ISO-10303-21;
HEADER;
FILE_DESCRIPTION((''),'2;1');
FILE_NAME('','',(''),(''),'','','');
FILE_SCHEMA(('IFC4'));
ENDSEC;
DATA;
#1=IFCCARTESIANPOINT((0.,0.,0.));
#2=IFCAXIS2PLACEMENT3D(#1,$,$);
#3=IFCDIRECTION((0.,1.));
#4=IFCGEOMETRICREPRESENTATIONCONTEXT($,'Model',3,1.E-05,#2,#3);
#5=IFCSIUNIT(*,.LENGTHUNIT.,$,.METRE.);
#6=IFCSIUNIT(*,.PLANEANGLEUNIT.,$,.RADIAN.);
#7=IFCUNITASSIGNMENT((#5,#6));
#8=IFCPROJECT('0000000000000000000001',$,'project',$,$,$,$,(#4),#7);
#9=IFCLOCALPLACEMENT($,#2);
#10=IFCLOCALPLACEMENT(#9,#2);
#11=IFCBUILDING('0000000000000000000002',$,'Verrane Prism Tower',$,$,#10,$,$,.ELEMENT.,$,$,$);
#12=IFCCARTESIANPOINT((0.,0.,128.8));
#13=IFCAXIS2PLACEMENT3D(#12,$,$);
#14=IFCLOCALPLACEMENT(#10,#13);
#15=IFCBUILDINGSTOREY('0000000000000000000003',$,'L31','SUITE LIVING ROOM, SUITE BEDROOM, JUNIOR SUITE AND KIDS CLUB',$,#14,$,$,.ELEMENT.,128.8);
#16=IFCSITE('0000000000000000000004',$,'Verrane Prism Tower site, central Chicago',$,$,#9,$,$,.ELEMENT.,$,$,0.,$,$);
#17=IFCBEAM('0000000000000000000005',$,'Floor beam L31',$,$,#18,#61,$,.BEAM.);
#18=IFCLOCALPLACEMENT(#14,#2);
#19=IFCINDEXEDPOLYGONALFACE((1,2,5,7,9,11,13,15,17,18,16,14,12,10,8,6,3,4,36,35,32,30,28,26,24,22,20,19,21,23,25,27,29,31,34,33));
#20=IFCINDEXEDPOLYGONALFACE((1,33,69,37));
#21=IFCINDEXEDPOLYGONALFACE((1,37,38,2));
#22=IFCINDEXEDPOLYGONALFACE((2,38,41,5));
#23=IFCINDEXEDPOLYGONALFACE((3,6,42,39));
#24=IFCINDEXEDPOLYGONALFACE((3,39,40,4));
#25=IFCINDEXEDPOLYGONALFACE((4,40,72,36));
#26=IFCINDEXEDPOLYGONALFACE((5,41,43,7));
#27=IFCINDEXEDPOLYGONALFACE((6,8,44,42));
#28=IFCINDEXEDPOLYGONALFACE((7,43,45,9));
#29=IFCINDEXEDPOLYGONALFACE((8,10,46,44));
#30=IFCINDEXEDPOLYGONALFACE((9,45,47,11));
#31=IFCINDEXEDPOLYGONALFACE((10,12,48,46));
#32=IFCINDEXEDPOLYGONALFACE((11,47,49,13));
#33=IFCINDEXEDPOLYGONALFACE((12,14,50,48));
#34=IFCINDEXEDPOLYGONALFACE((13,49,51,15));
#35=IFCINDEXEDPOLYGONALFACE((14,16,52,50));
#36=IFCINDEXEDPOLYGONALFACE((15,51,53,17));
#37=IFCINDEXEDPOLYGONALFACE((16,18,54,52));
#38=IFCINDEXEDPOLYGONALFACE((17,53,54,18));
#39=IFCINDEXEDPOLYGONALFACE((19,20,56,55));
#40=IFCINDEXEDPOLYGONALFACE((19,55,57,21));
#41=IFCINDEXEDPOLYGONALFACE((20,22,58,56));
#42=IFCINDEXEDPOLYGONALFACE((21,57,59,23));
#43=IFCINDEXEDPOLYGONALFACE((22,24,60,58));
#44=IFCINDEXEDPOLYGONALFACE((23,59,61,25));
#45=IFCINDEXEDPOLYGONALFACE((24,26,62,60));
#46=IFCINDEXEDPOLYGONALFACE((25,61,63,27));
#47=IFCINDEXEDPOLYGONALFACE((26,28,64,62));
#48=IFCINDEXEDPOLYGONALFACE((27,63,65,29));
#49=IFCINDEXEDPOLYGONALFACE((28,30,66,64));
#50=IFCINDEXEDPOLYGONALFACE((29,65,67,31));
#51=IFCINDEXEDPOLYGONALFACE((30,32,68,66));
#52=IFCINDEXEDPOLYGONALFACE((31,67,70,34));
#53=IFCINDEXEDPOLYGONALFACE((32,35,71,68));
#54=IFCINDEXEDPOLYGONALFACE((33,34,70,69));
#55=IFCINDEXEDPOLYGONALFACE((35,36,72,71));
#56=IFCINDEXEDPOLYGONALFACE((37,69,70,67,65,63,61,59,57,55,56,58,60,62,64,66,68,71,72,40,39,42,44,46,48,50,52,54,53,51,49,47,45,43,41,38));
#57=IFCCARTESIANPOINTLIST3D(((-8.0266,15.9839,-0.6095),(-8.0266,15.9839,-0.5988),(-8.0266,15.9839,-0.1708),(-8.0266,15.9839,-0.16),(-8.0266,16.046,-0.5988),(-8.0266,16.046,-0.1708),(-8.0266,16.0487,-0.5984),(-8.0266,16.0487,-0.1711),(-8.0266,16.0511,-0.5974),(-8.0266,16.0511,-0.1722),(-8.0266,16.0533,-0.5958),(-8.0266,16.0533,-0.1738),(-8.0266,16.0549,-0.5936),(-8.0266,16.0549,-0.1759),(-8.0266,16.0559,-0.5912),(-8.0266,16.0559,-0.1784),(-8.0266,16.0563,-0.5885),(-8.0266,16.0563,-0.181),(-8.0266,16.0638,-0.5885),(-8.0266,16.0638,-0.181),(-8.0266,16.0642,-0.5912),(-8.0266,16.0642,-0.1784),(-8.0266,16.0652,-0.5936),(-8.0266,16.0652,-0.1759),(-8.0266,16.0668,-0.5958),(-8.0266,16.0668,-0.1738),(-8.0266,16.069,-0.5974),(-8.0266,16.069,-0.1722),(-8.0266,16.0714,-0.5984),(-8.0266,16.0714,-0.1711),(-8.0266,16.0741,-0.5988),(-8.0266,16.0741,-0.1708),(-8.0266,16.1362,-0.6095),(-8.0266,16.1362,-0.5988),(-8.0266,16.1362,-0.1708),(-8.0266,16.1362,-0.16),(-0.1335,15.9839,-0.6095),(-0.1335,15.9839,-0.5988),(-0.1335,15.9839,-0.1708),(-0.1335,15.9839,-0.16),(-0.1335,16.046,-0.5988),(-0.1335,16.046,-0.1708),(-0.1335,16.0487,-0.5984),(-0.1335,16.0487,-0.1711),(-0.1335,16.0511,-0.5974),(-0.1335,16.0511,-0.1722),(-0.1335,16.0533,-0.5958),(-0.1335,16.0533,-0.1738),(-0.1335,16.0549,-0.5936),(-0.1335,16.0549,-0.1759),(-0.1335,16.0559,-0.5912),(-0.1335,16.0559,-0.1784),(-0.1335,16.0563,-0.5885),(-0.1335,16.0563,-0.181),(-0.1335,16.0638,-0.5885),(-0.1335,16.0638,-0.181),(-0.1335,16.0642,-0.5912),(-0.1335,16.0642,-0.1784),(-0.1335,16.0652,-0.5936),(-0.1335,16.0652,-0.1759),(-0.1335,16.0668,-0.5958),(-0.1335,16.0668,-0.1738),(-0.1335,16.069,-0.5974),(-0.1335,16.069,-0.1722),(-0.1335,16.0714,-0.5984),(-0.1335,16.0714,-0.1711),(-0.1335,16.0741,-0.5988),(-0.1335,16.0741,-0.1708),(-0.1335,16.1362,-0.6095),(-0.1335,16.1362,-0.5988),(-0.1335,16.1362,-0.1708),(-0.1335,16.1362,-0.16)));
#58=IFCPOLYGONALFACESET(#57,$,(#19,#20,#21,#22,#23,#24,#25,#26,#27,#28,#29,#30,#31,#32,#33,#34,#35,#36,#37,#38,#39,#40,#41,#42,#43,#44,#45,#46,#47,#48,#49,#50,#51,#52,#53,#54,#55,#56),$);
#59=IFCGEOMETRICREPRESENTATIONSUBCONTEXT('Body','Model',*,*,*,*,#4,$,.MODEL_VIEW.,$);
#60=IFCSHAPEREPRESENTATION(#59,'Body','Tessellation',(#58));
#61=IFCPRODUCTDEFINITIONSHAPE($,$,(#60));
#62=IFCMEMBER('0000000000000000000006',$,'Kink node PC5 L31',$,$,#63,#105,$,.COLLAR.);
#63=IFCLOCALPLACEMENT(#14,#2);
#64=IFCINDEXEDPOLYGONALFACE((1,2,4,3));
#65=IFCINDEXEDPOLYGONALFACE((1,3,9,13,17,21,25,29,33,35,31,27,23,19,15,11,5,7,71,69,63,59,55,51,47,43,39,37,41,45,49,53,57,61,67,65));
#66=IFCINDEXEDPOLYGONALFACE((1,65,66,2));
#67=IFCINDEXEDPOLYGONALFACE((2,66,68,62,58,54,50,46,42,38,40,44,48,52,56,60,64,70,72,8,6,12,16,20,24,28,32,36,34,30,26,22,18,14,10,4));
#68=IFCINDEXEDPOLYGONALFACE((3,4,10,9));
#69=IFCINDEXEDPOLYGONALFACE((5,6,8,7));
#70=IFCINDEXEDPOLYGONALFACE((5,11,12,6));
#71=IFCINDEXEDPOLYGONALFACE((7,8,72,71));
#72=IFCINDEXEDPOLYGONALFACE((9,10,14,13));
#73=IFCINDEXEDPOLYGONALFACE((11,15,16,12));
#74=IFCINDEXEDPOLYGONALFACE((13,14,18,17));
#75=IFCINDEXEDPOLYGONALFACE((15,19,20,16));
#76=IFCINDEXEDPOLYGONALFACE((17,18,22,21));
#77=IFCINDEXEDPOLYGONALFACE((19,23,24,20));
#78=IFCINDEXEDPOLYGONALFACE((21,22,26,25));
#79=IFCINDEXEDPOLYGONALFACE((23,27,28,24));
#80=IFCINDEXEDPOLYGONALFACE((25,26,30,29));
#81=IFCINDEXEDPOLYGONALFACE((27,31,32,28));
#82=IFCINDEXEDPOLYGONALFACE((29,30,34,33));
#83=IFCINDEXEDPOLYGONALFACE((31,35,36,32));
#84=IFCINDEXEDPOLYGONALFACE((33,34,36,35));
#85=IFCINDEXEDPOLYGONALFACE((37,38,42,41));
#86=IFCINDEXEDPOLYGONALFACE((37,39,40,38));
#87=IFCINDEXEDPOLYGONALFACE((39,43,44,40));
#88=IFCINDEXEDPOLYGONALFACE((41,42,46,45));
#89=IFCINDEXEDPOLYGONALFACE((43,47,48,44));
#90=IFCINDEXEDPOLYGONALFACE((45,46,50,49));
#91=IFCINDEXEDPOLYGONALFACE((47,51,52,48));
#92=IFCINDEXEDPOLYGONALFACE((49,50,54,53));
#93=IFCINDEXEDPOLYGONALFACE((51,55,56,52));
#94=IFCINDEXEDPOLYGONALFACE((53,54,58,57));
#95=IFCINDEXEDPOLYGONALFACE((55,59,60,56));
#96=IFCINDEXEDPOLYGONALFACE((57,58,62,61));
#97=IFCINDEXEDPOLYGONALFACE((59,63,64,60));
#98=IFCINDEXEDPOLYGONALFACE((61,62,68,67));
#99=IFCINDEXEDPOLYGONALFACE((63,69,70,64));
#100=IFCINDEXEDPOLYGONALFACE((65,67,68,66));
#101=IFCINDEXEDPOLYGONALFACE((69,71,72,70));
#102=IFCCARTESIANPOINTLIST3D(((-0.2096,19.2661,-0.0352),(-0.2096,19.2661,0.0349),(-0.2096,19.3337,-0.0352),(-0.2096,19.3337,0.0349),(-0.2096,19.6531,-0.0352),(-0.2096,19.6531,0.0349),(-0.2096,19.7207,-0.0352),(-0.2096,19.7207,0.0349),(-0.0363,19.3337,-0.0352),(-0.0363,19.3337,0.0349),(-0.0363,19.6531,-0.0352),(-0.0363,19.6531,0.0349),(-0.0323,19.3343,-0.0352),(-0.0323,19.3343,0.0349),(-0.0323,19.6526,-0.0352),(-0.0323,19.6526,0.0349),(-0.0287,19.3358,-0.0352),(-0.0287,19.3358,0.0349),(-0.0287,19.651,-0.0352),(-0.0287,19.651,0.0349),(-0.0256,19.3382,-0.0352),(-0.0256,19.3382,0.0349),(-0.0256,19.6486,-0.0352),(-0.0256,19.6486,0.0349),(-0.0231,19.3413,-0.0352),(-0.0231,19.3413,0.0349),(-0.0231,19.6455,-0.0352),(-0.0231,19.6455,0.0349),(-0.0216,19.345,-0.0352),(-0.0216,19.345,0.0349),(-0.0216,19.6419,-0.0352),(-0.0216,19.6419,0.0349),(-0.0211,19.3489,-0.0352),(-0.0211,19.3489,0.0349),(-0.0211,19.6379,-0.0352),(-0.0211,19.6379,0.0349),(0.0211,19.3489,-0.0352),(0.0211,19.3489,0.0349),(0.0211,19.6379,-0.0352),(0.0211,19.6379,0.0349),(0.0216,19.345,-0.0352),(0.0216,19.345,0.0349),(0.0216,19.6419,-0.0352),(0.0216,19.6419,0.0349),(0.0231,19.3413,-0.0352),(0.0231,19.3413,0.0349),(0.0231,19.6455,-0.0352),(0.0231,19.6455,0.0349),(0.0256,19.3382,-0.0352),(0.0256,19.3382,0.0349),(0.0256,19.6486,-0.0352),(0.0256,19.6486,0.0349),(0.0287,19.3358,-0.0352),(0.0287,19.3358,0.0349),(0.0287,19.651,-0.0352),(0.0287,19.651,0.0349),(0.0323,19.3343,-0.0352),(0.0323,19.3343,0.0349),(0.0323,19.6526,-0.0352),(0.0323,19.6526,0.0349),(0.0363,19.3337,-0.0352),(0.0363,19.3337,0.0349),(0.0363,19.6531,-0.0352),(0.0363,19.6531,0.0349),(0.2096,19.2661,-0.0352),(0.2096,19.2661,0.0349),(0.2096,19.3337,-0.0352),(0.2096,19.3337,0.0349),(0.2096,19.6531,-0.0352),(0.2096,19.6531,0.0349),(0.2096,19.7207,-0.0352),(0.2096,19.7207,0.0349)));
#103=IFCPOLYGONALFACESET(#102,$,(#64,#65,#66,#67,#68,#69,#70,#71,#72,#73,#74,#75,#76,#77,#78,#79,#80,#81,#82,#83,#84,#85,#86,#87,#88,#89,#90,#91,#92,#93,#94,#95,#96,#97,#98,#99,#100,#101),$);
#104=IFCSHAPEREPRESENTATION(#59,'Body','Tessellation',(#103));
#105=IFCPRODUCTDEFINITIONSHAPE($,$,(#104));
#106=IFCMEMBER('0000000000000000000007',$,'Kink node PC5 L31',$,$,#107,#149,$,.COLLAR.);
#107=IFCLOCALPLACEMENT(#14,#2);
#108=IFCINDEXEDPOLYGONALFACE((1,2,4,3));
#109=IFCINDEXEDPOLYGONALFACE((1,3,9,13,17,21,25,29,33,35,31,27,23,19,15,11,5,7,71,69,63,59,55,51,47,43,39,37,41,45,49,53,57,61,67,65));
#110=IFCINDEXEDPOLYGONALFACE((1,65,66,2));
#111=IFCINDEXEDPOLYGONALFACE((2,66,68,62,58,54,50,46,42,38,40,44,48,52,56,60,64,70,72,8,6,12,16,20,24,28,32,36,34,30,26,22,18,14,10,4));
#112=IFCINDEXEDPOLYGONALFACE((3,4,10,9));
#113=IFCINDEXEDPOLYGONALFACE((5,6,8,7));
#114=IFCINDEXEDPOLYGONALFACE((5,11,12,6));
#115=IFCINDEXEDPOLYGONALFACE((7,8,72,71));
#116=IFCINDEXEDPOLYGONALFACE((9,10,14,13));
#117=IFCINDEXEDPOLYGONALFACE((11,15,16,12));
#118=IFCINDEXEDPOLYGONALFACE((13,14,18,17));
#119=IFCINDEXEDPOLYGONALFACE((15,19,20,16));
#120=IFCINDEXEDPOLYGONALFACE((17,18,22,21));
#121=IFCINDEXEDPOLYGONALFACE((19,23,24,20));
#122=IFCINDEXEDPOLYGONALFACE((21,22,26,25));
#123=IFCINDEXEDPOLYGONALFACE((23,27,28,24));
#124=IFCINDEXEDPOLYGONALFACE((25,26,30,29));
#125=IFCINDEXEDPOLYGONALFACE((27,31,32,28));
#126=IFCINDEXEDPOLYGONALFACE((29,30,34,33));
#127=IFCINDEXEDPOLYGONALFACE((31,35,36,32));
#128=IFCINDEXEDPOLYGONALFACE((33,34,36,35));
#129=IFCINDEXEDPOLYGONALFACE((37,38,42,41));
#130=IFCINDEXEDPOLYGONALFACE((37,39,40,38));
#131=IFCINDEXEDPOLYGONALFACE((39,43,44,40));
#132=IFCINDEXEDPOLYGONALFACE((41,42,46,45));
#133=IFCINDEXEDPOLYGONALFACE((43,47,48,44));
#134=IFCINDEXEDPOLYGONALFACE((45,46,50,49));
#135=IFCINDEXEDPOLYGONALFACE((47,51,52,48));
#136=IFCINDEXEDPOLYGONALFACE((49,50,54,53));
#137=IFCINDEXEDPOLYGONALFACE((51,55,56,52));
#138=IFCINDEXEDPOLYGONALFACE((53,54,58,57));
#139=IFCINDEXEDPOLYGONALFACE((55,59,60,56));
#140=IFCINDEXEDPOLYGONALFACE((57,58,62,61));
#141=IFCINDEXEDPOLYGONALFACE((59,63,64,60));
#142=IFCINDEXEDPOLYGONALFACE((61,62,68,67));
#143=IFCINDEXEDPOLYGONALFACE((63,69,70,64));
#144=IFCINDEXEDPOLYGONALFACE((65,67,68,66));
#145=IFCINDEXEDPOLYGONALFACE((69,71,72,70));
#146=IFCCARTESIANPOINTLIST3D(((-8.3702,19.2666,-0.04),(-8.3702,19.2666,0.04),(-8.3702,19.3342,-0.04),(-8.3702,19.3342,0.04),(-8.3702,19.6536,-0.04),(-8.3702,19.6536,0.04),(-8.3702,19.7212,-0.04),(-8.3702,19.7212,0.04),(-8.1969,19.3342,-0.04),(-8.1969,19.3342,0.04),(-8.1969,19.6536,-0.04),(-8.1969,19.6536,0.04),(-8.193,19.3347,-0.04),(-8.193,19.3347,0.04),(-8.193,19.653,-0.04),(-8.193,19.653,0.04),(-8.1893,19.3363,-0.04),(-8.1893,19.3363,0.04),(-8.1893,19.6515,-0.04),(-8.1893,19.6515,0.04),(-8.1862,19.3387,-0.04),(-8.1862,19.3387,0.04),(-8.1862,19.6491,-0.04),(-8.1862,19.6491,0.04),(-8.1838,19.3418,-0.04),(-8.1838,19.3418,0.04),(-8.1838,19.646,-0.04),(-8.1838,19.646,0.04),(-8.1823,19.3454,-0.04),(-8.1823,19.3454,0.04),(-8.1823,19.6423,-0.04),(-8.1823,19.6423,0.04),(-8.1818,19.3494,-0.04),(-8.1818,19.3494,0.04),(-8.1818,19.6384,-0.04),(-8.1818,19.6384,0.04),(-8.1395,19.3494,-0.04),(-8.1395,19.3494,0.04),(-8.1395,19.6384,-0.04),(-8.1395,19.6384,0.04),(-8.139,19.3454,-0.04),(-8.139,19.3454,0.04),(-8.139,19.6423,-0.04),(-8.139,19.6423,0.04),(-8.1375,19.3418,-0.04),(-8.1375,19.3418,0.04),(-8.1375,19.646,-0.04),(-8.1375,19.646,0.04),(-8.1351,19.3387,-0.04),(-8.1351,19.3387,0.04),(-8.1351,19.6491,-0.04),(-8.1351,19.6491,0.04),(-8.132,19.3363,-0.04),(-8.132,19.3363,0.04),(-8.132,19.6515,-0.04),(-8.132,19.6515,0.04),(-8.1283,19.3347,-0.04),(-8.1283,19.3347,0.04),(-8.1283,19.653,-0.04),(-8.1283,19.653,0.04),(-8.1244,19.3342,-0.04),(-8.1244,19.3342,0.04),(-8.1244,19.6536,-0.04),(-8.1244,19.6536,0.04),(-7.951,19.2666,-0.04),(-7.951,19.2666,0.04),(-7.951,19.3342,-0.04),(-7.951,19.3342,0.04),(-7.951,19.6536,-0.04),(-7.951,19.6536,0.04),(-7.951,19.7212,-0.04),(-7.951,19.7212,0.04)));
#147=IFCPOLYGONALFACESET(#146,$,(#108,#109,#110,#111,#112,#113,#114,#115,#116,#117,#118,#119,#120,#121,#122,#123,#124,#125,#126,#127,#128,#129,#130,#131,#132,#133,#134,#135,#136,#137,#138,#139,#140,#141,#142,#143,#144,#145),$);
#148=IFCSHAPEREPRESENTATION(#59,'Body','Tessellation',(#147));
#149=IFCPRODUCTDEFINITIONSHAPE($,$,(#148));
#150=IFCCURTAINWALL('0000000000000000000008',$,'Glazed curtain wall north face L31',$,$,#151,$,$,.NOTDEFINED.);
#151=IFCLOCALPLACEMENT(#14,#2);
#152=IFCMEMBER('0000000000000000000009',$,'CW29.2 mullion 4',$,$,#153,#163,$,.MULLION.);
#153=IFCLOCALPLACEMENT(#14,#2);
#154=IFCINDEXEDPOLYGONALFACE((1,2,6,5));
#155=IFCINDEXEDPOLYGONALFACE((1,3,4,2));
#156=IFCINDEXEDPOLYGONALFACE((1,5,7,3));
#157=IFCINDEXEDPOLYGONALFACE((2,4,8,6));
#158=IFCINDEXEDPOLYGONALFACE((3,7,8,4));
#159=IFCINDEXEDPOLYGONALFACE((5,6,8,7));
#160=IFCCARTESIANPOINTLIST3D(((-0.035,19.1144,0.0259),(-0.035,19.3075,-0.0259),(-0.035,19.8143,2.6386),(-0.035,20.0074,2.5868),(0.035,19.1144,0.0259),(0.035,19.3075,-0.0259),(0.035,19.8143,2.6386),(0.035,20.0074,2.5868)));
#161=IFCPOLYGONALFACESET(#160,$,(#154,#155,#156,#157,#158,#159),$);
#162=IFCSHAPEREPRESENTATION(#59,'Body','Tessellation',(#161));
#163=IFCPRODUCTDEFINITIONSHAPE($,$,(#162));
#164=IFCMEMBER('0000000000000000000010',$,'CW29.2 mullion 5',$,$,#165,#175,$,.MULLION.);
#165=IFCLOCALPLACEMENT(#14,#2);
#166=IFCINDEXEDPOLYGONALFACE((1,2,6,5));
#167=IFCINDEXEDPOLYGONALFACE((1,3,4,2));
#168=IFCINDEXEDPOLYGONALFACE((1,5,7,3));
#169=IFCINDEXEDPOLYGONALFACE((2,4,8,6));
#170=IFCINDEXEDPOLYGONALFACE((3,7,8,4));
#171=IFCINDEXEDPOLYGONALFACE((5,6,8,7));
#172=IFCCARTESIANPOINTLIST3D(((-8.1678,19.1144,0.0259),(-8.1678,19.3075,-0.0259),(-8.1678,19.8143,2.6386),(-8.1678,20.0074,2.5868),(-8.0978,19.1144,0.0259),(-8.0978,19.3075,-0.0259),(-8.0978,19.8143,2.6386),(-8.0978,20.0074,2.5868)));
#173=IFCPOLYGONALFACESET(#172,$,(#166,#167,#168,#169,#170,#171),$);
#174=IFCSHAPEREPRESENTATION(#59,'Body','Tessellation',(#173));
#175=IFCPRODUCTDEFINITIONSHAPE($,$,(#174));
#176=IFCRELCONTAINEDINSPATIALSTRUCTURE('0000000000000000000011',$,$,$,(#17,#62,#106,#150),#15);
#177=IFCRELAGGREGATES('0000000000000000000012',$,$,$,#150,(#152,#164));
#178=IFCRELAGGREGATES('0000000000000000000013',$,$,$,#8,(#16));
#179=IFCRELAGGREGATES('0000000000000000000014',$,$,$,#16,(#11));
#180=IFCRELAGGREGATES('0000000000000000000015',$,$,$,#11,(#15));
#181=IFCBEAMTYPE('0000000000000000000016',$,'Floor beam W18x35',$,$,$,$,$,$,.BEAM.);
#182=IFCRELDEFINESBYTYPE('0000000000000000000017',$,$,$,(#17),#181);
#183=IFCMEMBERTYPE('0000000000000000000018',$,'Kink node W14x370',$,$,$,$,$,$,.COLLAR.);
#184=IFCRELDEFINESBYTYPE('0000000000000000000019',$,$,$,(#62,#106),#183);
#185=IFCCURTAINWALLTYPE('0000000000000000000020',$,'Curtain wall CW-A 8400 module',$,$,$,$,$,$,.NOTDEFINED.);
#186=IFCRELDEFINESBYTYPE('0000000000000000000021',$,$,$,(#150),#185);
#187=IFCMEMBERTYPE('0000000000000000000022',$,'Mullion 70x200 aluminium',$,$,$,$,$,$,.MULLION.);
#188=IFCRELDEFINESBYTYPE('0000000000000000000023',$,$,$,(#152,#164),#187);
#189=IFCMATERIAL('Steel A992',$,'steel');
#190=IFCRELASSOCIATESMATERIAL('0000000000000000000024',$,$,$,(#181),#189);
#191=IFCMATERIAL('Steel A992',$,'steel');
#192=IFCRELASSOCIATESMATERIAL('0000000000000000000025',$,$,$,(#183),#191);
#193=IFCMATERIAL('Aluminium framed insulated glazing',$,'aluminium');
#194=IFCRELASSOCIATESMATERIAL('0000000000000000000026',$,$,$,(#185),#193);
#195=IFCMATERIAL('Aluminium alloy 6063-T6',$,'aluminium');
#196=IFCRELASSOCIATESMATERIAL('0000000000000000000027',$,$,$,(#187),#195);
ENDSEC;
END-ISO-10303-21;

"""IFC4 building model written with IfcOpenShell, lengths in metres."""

from ifc_helpers import new_model, si_unit, direction, frame, origin, origin_2d, place, context, subcontext, project, spatial, rectangle, i_section, extrude, material, material_profile, profile_set, type_object, element, aggregate, save


model = new_model("IFC4")

# Units and contexts
model_context = context("Model", 3, precision=1e-05, world=origin(), true_north=direction((0.0, 1.0)))
body_context = subcontext(model_context, "Body", "Model", "MODEL_VIEW")
ifc_project = project(units=[si_unit("LENGTHUNIT", "METRE"), si_unit("PLANEANGLEUNIT", "RADIAN")], contexts=[model_context])

# Site, building, storey
site_placement = place(None, origin())
site = spatial("IfcSite", under=ifc_project, at=site_placement, Name="Verrane Prism Tower site, central Chicago", CompositionType="ELEMENT", RefElevation=0.0)
building_placement = place(site_placement, origin())
building = spatial("IfcBuilding", under=site, at=building_placement, Name="Verrane Prism Tower", CompositionType="ELEMENT")
storey_placement = place(building_placement, frame((0.0, 0.0, 128.8)))
storey = spatial("IfcBuildingStorey", under=building, at=storey_placement, Name="L31", Description="SUITE LIVING ROOM, SUITE BEDROOM, JUNIOR SUITE AND KIDS CLUB", CompositionType="ELEMENT", Elevation=128.8)

# Beam
ifc_material_1 = material(Name="Steel A992", Category="steel")
ifc_material_profile_1 = material_profile(ifc_material_1, i_section(OverallWidth=0.1523, OverallDepth=0.4495, WebThickness=0.0076, FlangeThickness=0.0107, FilletRadius=0.0103, at=origin_2d()), Name="W18x35")
ifc_profile_set_1 = profile_set([ifc_material_profile_1], Name="Steel A992")
beam_type_1 = type_object("IfcBeamType", Name="Floor beam W18x35", PredefinedType="BEAM", material=ifc_profile_set_1)
for number, where, z_axis, x_axis, name in (
    (1, (-8.0266, 16.0601, -0.3848), (1.0, 0.0, 0.0), (0.0, 1.0, 0.0), "Floor beam L31"),
):
    element("IfcBeam", number, at=place(storey_placement, frame(where, z_axis=z_axis, x_axis=x_axis)), inside=storey, type_object=beam_type_1, Name=name, PredefinedType="BEAM", context=body_context, shape_type="SweptSolid", body=[
        extrude(i_section(OverallWidth=0.1523, OverallDepth=0.4495, WebThickness=0.0076, FlangeThickness=0.0107, FilletRadius=0.0103, at=origin_2d()), origin(), (0.0, 0.0, 1.0), 7.8931),
    ])

# Members
ifc_material_2 = material(Name="Steel A992", Category="steel")
ifc_material_profile_2 = material_profile(ifc_material_2, i_section(OverallWidth=0.4192, OverallDepth=0.4546, WebThickness=0.0422, FlangeThickness=0.0676, FilletRadius=0.0151, at=origin_2d()), Name="W14x370")
ifc_profile_set_2 = profile_set([ifc_material_profile_2], Name="Steel A992")
member_type_1 = type_object("IfcMemberType", Name="Kink node W14x370", PredefinedType="COLLAR", material=ifc_profile_set_2)
member_1_placement = place(storey_placement, frame((0.0, 19.4934, -0.0352), z_axis=(0.0, 0.0, 1.0), x_axis=(1.0, 0.0, 0.0)))
element("IfcMember", 2, at=member_1_placement, inside=storey, type_object=member_type_1, Name="Kink node PC5 L31", PredefinedType="COLLAR", context=body_context, shape_type="SweptSolid", body=[
    extrude(i_section(OverallWidth=0.4192, OverallDepth=0.4546, WebThickness=0.0422, FlangeThickness=0.0676, FilletRadius=0.0151, at=origin_2d()), origin(), (0.0, 0.0, 1.0), 0.0701),
])
member_2_placement = place(storey_placement, frame((-8.1606, 19.4939, -0.04), z_axis=(0.0, 0.0, 1.0), x_axis=(1.0, 0.0, 0.0)))
element("IfcMember", 3, at=member_2_placement, inside=storey, type_object=member_type_1, Name="Kink node PC5 L31", PredefinedType="COLLAR", context=body_context, shape_type="SweptSolid", body=[
    extrude(i_section(OverallWidth=0.4192, OverallDepth=0.4546, WebThickness=0.0422, FlangeThickness=0.0676, FilletRadius=0.0151, at=origin_2d()), origin(), (0.0, 0.0, 1.0), 0.0801),
])

# Curtain wall, members
ifc_material_3 = material(Name="Aluminium framed insulated glazing", Category="aluminium")
curtain_wall_type = type_object("IfcCurtainWallType", Name="Curtain wall CW-A 8400 module", PredefinedType="NOTDEFINED", material=ifc_material_3)
curtain_wall_placement = place(storey_placement, origin())
curtain_wall = element("IfcCurtainWall", 4, at=curtain_wall_placement, inside=storey, type_object=curtain_wall_type, Name="Glazed curtain wall north face L31", PredefinedType="NOTDEFINED")
ifc_material_4 = material(Name="Aluminium alloy 6063-T6", Category="aluminium")
ifc_material_profile_3 = material_profile(ifc_material_4, rectangle(XDim=0.2, YDim=0.0701, at=origin_2d()), Name="Mullion 70x200 aluminium")
ifc_profile_set_3 = profile_set([ifc_material_profile_3], Name="Aluminium alloy 6063-T6")
member_type_2 = type_object("IfcMemberType", Name="Mullion 70x200 aluminium", PredefinedType="MULLION", material=ifc_profile_set_3)
member_3_placement = place(storey_placement, frame((0.0, 19.2109, 0.0), z_axis=(0.0, 0.258769, 0.965939), x_axis=(0.0, 0.965939, -0.258769)))
member_3 = element("IfcMember", 5, at=member_3_placement, type_object=member_type_2, Name="CW29.2 mullion 4", PredefinedType="MULLION", context=body_context, shape_type="SweptSolid", body=[
    extrude(rectangle(XDim=0.2, YDim=0.0701, at=origin_2d()), origin(), (0.0, 0.0, 1.0), 2.7048),
])
member_4_placement = place(storey_placement, frame((-8.1328, 19.2109, 0.0), z_axis=(0.0, 0.258769, 0.965939), x_axis=(0.0, 0.965939, -0.258769)))
member_4 = element("IfcMember", 6, at=member_4_placement, type_object=member_type_2, Name="CW29.2 mullion 5", PredefinedType="MULLION", context=body_context, shape_type="SweptSolid", body=[
    extrude(rectangle(XDim=0.2, YDim=0.0701, at=origin_2d()), origin(), (0.0, 0.0, 1.0), 2.7048),
])

aggregate(curtain_wall, [member_3, member_4])

save(model, "model.ifc")
